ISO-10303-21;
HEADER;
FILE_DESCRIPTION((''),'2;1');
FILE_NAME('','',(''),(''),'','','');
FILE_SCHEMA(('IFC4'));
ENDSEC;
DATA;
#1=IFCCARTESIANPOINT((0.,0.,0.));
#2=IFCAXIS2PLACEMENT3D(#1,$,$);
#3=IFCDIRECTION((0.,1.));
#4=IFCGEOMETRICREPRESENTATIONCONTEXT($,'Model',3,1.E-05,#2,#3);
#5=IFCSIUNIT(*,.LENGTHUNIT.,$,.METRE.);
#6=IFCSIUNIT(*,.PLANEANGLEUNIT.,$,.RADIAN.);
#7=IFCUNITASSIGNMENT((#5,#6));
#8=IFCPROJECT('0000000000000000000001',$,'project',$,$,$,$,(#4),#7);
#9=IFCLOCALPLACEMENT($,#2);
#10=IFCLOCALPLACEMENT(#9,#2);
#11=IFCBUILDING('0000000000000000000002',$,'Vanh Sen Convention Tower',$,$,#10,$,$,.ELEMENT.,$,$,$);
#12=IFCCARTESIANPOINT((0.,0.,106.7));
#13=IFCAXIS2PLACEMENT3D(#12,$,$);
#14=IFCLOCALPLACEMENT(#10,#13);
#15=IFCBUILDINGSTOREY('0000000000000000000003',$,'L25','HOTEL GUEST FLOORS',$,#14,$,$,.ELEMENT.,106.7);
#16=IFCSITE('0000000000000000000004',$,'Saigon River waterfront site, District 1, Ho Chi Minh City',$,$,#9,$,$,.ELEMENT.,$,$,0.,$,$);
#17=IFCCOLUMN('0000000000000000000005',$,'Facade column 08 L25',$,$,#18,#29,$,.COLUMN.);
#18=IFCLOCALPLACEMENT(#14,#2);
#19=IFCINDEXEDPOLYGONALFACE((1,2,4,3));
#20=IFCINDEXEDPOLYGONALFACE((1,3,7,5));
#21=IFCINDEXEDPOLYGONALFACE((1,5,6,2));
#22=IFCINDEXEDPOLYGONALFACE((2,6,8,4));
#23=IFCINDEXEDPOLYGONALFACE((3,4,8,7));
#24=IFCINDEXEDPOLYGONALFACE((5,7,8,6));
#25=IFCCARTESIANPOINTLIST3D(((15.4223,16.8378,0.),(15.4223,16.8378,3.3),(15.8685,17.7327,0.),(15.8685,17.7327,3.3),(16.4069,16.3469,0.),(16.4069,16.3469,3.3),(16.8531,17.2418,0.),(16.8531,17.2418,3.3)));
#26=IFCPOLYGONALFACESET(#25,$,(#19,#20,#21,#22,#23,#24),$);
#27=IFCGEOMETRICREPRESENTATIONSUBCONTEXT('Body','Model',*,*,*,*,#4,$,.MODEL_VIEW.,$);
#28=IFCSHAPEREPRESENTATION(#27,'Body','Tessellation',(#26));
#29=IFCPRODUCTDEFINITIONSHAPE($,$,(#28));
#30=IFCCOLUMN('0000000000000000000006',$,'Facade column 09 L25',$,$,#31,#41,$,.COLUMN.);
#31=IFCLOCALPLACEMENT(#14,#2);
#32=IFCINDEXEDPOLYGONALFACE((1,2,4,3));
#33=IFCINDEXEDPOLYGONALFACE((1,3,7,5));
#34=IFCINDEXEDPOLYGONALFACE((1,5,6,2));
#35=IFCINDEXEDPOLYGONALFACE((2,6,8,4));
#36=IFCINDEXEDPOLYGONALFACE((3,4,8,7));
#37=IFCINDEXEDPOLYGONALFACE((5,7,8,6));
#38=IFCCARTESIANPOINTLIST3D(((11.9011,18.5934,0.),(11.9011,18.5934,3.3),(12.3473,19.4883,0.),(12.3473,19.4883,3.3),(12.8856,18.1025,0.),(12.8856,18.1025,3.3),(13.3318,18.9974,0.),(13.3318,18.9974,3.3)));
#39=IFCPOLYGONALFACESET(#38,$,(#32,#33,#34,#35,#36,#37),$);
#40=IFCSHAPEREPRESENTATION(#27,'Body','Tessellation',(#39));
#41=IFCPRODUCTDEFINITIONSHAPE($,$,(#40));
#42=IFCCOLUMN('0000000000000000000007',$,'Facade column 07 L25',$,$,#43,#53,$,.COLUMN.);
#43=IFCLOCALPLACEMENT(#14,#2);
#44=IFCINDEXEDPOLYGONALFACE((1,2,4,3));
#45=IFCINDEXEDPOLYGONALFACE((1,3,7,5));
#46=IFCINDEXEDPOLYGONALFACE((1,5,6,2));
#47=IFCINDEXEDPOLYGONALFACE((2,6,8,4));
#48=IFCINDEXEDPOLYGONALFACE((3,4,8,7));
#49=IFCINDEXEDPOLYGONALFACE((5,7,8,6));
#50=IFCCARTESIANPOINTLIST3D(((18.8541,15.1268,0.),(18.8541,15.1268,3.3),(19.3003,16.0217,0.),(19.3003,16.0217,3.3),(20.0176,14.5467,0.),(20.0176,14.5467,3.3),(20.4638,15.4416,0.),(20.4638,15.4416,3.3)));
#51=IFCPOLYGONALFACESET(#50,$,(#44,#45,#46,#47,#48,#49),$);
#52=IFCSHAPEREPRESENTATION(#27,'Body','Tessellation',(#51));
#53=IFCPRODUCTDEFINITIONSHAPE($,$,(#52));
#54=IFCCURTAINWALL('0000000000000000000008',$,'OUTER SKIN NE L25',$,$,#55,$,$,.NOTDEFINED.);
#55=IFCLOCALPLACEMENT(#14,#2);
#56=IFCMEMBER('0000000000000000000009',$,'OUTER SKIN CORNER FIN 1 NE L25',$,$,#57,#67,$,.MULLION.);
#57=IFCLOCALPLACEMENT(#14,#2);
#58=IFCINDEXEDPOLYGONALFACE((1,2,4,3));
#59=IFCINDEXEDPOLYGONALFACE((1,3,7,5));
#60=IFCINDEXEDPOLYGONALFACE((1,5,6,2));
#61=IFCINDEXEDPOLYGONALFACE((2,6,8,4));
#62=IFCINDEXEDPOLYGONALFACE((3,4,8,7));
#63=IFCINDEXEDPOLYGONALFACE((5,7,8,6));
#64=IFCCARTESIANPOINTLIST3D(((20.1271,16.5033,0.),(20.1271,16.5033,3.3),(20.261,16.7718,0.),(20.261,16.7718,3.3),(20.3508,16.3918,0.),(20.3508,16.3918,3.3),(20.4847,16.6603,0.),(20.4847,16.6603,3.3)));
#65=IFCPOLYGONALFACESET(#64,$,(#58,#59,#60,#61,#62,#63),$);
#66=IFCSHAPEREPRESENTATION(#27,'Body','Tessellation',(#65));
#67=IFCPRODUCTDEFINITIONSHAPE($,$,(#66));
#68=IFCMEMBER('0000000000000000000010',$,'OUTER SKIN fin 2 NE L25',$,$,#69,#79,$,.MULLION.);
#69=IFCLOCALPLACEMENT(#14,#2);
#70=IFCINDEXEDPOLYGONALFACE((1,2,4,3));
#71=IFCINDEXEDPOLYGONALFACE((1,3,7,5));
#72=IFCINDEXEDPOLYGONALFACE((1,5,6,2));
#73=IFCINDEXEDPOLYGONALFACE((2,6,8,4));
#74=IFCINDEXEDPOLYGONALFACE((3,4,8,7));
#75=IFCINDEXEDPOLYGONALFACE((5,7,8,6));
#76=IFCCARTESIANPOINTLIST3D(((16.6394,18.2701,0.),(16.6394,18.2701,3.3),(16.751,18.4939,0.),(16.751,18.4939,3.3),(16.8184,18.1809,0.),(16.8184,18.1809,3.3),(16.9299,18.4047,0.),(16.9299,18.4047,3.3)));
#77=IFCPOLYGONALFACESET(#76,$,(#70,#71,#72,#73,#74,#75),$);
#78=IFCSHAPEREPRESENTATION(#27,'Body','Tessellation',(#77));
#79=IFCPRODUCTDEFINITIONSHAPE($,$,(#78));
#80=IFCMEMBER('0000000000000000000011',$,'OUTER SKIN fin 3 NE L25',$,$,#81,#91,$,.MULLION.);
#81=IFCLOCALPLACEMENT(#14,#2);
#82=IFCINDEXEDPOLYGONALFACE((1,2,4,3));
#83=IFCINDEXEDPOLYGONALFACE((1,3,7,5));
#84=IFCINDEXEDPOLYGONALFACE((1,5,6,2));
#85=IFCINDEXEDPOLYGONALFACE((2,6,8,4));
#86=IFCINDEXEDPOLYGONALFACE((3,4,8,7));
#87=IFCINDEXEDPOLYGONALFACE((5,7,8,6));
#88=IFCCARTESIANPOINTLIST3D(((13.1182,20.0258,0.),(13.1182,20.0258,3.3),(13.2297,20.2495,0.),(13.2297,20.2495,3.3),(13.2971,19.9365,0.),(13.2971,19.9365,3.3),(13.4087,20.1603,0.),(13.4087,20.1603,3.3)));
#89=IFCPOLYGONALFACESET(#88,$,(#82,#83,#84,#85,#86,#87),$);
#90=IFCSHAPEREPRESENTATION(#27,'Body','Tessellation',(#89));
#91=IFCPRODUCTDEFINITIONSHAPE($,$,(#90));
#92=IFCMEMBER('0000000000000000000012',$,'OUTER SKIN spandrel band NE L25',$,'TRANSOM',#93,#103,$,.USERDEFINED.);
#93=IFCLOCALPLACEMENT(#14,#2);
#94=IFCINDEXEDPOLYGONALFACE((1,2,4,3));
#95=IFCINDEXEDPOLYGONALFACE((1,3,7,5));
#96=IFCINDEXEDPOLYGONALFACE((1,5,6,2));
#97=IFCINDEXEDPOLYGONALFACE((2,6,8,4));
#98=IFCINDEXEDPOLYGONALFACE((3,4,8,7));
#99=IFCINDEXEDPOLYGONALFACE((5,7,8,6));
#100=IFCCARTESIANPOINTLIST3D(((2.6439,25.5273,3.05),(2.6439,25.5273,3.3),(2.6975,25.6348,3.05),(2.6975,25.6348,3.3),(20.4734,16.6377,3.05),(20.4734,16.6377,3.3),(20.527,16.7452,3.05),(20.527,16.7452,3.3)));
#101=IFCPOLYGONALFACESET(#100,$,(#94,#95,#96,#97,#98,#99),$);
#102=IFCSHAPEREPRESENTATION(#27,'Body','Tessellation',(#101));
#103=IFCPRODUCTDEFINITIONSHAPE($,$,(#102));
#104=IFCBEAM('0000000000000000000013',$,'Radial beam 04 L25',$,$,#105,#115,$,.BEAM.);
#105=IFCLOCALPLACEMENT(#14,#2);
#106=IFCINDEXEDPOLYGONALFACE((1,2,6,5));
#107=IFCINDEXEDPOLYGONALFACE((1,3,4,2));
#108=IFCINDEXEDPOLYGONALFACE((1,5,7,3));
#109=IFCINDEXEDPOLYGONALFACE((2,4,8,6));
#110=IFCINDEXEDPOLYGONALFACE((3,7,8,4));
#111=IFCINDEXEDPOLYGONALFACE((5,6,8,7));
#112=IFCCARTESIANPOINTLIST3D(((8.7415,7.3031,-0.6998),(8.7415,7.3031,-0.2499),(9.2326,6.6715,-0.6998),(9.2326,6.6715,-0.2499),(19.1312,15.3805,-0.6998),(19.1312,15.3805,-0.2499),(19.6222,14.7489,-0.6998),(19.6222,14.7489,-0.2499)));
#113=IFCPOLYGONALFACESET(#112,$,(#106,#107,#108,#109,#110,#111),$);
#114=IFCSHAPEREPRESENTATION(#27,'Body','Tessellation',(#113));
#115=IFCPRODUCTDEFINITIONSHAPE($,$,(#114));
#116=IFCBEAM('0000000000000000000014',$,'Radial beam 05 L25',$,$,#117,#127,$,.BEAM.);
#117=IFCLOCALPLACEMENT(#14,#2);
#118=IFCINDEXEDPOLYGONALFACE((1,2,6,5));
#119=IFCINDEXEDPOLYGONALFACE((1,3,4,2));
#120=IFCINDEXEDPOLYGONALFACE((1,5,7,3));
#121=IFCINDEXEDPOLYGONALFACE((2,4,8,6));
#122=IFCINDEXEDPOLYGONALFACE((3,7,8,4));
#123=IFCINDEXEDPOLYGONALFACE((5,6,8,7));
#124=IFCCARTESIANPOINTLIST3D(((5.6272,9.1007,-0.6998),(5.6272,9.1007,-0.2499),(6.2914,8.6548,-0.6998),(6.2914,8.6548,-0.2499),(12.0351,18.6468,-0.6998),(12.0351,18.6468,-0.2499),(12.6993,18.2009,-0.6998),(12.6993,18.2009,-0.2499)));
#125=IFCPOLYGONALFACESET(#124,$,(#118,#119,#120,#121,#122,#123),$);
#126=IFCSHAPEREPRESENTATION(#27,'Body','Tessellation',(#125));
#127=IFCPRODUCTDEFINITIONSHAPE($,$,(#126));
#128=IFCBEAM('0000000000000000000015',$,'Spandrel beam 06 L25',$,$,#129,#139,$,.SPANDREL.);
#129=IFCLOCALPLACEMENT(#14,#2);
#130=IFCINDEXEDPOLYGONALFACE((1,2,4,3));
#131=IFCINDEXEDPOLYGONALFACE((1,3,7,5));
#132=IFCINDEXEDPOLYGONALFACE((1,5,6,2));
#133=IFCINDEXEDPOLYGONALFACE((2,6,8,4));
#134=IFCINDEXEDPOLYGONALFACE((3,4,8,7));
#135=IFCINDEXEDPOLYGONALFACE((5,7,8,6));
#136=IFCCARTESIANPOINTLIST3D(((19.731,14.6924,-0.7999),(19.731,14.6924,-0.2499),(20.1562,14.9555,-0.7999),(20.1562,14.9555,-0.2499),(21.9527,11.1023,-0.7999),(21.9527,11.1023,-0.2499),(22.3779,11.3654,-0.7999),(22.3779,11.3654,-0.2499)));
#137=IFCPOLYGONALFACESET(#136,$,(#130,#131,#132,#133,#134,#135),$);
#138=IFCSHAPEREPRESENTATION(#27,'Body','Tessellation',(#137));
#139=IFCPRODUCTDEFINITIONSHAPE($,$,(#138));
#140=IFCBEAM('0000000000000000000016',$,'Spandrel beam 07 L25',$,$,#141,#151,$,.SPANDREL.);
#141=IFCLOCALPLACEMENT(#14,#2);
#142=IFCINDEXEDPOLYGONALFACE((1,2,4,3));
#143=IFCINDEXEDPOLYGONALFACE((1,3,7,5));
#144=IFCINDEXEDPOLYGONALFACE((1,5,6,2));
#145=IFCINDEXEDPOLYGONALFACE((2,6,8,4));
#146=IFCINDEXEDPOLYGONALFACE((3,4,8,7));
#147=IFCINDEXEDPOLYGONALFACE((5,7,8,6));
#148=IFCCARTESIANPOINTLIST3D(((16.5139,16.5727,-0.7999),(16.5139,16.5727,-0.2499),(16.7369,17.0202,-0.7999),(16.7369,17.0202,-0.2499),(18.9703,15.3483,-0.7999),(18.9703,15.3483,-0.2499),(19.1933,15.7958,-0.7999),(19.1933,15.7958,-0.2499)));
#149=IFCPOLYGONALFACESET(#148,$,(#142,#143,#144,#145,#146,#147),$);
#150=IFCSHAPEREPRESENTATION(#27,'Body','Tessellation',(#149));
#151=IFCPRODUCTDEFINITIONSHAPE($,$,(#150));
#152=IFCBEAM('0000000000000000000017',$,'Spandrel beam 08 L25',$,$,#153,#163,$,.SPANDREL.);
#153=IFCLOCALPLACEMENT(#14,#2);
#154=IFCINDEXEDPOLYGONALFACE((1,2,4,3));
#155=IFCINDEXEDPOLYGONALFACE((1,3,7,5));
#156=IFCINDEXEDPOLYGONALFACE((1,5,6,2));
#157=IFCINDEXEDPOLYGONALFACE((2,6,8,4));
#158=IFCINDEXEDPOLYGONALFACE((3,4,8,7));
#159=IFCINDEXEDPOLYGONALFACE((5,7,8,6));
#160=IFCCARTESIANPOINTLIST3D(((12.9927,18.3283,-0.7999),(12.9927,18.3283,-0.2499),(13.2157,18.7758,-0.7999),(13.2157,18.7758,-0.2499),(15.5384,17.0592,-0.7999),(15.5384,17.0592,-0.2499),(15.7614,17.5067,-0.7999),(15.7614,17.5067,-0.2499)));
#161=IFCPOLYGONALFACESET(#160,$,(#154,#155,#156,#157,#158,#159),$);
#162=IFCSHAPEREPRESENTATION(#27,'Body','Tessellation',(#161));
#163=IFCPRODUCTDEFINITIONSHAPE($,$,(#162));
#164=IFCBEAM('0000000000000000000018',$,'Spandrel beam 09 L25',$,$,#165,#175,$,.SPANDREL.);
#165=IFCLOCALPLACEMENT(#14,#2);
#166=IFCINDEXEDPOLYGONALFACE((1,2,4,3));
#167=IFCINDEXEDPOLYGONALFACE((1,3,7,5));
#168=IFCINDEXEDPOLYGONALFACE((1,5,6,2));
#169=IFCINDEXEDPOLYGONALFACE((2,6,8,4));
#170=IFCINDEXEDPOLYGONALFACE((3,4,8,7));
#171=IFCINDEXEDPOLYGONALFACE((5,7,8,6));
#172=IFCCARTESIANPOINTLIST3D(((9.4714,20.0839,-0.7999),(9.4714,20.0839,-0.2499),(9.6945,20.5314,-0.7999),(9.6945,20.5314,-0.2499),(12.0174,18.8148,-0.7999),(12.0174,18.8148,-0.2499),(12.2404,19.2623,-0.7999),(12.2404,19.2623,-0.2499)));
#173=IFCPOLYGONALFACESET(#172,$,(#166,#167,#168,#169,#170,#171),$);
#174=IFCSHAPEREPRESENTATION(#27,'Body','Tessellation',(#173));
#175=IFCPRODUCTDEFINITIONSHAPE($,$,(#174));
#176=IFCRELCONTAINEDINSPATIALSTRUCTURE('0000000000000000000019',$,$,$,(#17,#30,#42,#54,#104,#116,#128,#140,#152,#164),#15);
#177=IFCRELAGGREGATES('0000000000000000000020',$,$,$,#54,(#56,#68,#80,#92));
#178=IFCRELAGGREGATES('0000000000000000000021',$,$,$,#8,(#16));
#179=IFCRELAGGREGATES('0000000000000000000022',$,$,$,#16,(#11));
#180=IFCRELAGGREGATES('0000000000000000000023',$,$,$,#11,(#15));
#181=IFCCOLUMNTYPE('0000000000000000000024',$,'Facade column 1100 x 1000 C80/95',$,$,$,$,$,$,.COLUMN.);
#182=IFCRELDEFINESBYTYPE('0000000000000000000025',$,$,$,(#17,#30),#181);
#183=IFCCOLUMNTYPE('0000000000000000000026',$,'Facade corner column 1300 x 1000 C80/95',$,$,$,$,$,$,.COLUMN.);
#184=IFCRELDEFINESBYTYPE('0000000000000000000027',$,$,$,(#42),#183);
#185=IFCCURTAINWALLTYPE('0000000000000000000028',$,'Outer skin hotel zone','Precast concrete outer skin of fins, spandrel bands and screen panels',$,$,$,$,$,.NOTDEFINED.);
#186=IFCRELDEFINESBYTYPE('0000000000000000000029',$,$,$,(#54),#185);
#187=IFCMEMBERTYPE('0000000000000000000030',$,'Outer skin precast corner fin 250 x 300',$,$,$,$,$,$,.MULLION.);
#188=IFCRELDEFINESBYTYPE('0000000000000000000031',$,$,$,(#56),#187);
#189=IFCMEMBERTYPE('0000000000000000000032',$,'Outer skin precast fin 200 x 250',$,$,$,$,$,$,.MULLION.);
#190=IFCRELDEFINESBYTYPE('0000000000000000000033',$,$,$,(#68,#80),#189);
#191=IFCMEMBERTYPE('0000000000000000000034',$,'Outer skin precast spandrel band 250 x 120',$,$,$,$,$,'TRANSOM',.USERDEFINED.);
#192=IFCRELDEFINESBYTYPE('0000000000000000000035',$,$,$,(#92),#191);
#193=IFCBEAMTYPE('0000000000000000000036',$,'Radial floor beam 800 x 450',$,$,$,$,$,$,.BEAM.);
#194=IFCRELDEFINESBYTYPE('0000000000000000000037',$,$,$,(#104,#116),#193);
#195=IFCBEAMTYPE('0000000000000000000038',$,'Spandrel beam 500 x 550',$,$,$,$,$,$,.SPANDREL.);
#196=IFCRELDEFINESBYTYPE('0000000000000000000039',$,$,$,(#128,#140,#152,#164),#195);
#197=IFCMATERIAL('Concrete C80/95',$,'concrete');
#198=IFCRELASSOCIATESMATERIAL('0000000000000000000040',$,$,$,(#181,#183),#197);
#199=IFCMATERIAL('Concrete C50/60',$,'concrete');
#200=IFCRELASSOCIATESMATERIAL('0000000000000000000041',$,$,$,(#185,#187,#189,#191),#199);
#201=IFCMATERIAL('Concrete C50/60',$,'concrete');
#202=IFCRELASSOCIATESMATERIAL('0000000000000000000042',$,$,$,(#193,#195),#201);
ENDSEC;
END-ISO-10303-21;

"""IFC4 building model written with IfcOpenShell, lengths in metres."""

from ifc_helpers import new_model, si_unit, direction, frame, origin, origin_2d, place, context, subcontext, project, spatial, rectangle, extrude, material, material_profile, profile_set, type_object, element, aggregate, save


model = new_model("IFC4")

# Units and contexts
model_context = context("Model", 3, precision=1e-05, world=origin(), true_north=direction((0.0, 1.0)))
body_context = subcontext(model_context, "Body", "Model", "MODEL_VIEW")
ifc_project = project(units=[si_unit("LENGTHUNIT", "METRE"), si_unit("PLANEANGLEUNIT", "RADIAN")], contexts=[model_context])

# Site, building, storey
site_placement = place(None, origin())
site = spatial("IfcSite", under=ifc_project, at=site_placement, Name="Saigon River waterfront site, District 1, Ho Chi Minh City", CompositionType="ELEMENT", RefElevation=0.0)
building_placement = place(site_placement, origin())
building = spatial("IfcBuilding", under=site, at=building_placement, Name="Vanh Sen Convention Tower", CompositionType="ELEMENT")
storey_placement = place(building_placement, frame((0.0, 0.0, 106.7)))
storey = spatial("IfcBuildingStorey", under=building, at=storey_placement, Name="L25", Description="HOTEL GUEST FLOORS", CompositionType="ELEMENT", Elevation=106.7)

# Columns
ifc_material_1 = material(Name="Concrete C80/95", Category="concrete")
ifc_material_profile_1 = material_profile(ifc_material_1, rectangle(XDim=1.1001, YDim=1.0, at=origin_2d()), Name="RC 1100X1000")
ifc_profile_set_1 = profile_set([ifc_material_profile_1], Name="Concrete C80/95")
column_type_1 = type_object("IfcColumnType", Name="Facade column 1100 x 1000 C80/95", PredefinedType="COLUMN", material=ifc_profile_set_1)
for number, where, z_axis, x_axis, name in (
    (1, (16.1377, 17.0398, 0.0), (0.0, 0.0, 1.0), (-0.894934, 0.446198, 0.0), "Facade column 08 L25"),
    (2, (12.6165, 18.7954, 0.0), (0.0, 0.0, 1.0), (-0.894934, 0.446198, 0.0), "Facade column 09 L25"),
):
    element("IfcColumn", number, at=place(storey_placement, frame(where, z_axis=z_axis, x_axis=x_axis)), inside=storey, type_object=column_type_1, Name=name, PredefinedType="COLUMN", context=body_context, shape_type="SweptSolid", body=[
        extrude(rectangle(XDim=1.1001, YDim=1.0, at=origin_2d()), origin(), (0.0, 0.0, 1.0), 3.3),
    ])
ifc_material_profile_2 = material_profile(ifc_material_1, rectangle(XDim=1.3, YDim=1.0, at=origin_2d()), Name="RC 1300X1000")
ifc_profile_set_2 = profile_set([ifc_material_profile_2], Name="Concrete C80/95")
column_type_2 = type_object("IfcColumnType", Name="Facade corner column 1300 x 1000 C80/95", PredefinedType="COLUMN", material=ifc_profile_set_2)
column_placement = place(storey_placement, frame((19.6589, 15.2842, 0.0), z_axis=(0.0, 0.0, 1.0), x_axis=(-0.894934, 0.446198, 0.0)))
element("IfcColumn", 3, at=column_placement, inside=storey, type_object=column_type_2, Name="Facade column 07 L25", PredefinedType="COLUMN", context=body_context, shape_type="SweptSolid", body=[
    extrude(rectangle(XDim=1.3, YDim=1.0, at=origin_2d()), origin(), (0.0, 0.0, 1.0), 3.3),
])

# Curtain wall, members
ifc_material_2 = material(Name="Concrete C50/60", Category="concrete")
curtain_wall_type = type_object("IfcCurtainWallType", Name="Outer skin hotel zone", Description="Precast concrete outer skin of fins, spandrel bands and screen panels", PredefinedType="NOTDEFINED", material=ifc_material_2)
curtain_wall_1_placement = place(storey_placement, origin())
curtain_wall_1 = element("IfcCurtainWall", 4, at=curtain_wall_1_placement, inside=storey, type_object=curtain_wall_type, Name="OUTER SKIN NE L25", PredefinedType="NOTDEFINED")
ifc_material_profile_3 = material_profile(ifc_material_2, rectangle(XDim=0.25, YDim=0.3, at=origin_2d()), Name="Outer skin precast corner fin 250 x 300")
ifc_profile_set_3 = profile_set([ifc_material_profile_3], Name="Concrete C50/60")
member_type_1 = type_object("IfcMemberType", Name="Outer skin precast corner fin 250 x 300", PredefinedType="MULLION", material=ifc_profile_set_3)
member_1_placement = place(storey_placement, frame((20.3059, 16.5818, 0.0), z_axis=(0.0, 0.0, 1.0), x_axis=(-0.894934, 0.446198, 0.0)))
member_1 = element("IfcMember", 5, at=member_1_placement, type_object=member_type_1, Name="OUTER SKIN CORNER FIN 1 NE L25", PredefinedType="MULLION", context=body_context, shape_type="SweptSolid", body=[
    extrude(rectangle(XDim=0.25, YDim=0.3, at=origin_2d()), origin(), (0.0, 0.0, 1.0), 3.3),
])
ifc_material_profile_4 = material_profile(ifc_material_2, rectangle(XDim=0.2, YDim=0.25, at=origin_2d()), Name="Outer skin precast fin 200 x 250")
ifc_profile_set_4 = profile_set([ifc_material_profile_4], Name="Concrete C50/60")
member_type_2 = type_object("IfcMemberType", Name="Outer skin precast fin 200 x 250", PredefinedType="MULLION", material=ifc_profile_set_4)
member_2_placement = place(storey_placement, frame((16.7847, 18.3374, 0.0), z_axis=(0.0, 0.0, 1.0), x_axis=(-0.894934, 0.446198, 0.0)))
member_2 = element("IfcMember", 6, at=member_2_placement, type_object=member_type_2, Name="OUTER SKIN fin 2 NE L25", PredefinedType="MULLION", context=body_context, shape_type="SweptSolid", body=[
    extrude(rectangle(XDim=0.2, YDim=0.25, at=origin_2d()), origin(), (0.0, 0.0, 1.0), 3.3),
])
member_3_placement = place(storey_placement, frame((13.2634, 20.093, 0.0), z_axis=(0.0, 0.0, 1.0), x_axis=(-0.894934, 0.446198, 0.0)))
member_3 = element("IfcMember", 7, at=member_3_placement, type_object=member_type_2, Name="OUTER SKIN fin 3 NE L25", PredefinedType="MULLION", context=body_context, shape_type="SweptSolid", body=[
    extrude(rectangle(XDim=0.2, YDim=0.25, at=origin_2d()), origin(), (0.0, 0.0, 1.0), 3.3),
])
ifc_material_profile_5 = material_profile(ifc_material_2, rectangle(XDim=0.1201, YDim=0.25, at=origin_2d()), Name="Outer skin precast spandrel band 250 x 120")
ifc_profile_set_5 = profile_set([ifc_material_profile_5], Name="Concrete C50/60")
member_type_3 = type_object("IfcMemberType", Name="Outer skin precast spandrel band 250 x 120", ElementType="TRANSOM", PredefinedType="USERDEFINED", material=ifc_profile_set_5)
member_4_placement = place(storey_placement, frame((20.5002, 16.6914, 3.175), z_axis=(-0.894931, 0.446204, 0.0), x_axis=(-0.446204, -0.894931, 0.0)))
member_4 = element("IfcMember", 8, at=member_4_placement, type_object=member_type_3, Name="OUTER SKIN spandrel band NE L25", ObjectType="TRANSOM", PredefinedType="USERDEFINED", context=body_context, shape_type="SweptSolid", body=[
    extrude(rectangle(XDim=0.1201, YDim=0.25, at=origin_2d()), origin(), (0.0, 0.0, 1.0), 19.9229),
])

# Beams
ifc_material_3 = material(Name="Concrete C50/60", Category="concrete")
ifc_material_profile_6 = material_profile(ifc_material_3, rectangle(XDim=0.8, YDim=0.45, at=origin_2d()), Name="RC 800X450")
ifc_profile_set_6 = profile_set([ifc_material_profile_6], Name="Concrete C50/60")
beam_type_1 = type_object("IfcBeamType", Name="Radial floor beam 800 x 450", PredefinedType="BEAM", material=ifc_profile_set_6)
beam_1_placement = place(storey_placement, frame((19.3767, 15.0647, -0.4749), z_axis=(-0.789479, -0.613777, 0.0), x_axis=(0.613777, -0.789479, 0.0)))
element("IfcBeam", 9, at=beam_1_placement, inside=storey, type_object=beam_type_1, Name="Radial beam 04 L25", PredefinedType="BEAM", context=body_context, shape_type="SweptSolid", body=[
    extrude(rectangle(XDim=0.8, YDim=0.45, at=origin_2d()), origin(), (0.0, 0.0, 1.0), 13.1602),
])
beam_2_placement = place(storey_placement, frame((12.3672, 18.4238, -0.4749), z_axis=(-0.557339, -0.830285, 0.0), x_axis=(0.830285, -0.557339, 0.0)))
element("IfcBeam", 10, at=beam_2_placement, inside=storey, type_object=beam_type_1, Name="Radial beam 05 L25", PredefinedType="BEAM", context=body_context, shape_type="SweptSolid", body=[
    extrude(rectangle(XDim=0.8, YDim=0.45, at=origin_2d()), origin(), (0.0, 0.0, 1.0), 11.4973),
])
ifc_material_profile_7 = material_profile(ifc_material_3, rectangle(XDim=0.5, YDim=0.55, at=origin_2d()), Name="RC 500X550")
ifc_profile_set_7 = profile_set([ifc_material_profile_7], Name="Concrete C50/60")
beam_type_2 = type_object("IfcBeamType", Name="Spandrel beam 500 x 550", PredefinedType="SPANDREL", material=ifc_profile_set_7)
beam_3_placement = place(storey_placement, frame((22.1653, 11.2339, -0.5249), z_axis=(-0.526225, 0.850345, 0.0), x_axis=(-0.850345, -0.526225, 0.0)))
element("IfcBeam", 11, at=beam_3_placement, inside=storey, type_object=beam_type_2, Name="Spandrel beam 06 L25", PredefinedType="SPANDREL", context=body_context, shape_type="SweptSolid", body=[
    extrude(rectangle(XDim=0.5, YDim=0.55, at=origin_2d()), origin(), (0.0, 0.0, 1.0), 4.2219),
])
beam_4_placement = place(storey_placement, frame((19.0818, 15.572, -0.5249), z_axis=(-0.894978, 0.44611, 0.0), x_axis=(-0.44611, -0.894978, 0.0)))
element("IfcBeam", 12, at=beam_4_placement, inside=storey, type_object=beam_type_2, Name="Spandrel beam 07 L25", PredefinedType="SPANDREL", context=body_context, shape_type="SweptSolid", body=[
    extrude(rectangle(XDim=0.5, YDim=0.55, at=origin_2d()), origin(), (0.0, 0.0, 1.0), 2.7446),
])
beam_5_placement = place(storey_placement, frame((15.6499, 17.283, -0.5249), z_axis=(-0.894959, 0.446149, 0.0), x_axis=(-0.446149, -0.894959, 0.0)))
element("IfcBeam", 13, at=beam_5_placement, inside=storey, type_object=beam_type_2, Name="Spandrel beam 08 L25", PredefinedType="SPANDREL", context=body_context, shape_type="SweptSolid", body=[
    extrude(rectangle(XDim=0.5, YDim=0.55, at=origin_2d()), origin(), (0.0, 0.0, 1.0), 2.8445),
])
beam_6_placement = place(storey_placement, frame((12.1289, 19.0386, -0.5249), z_axis=(-0.894976, 0.446115, 0.0), x_axis=(-0.446115, -0.894976, 0.0)))
element("IfcBeam", 14, at=beam_6_placement, inside=storey, type_object=beam_type_2, Name="Spandrel beam 09 L25", PredefinedType="SPANDREL", context=body_context, shape_type="SweptSolid", body=[
    extrude(rectangle(XDim=0.5, YDim=0.55, at=origin_2d()), origin(), (0.0, 0.0, 1.0), 2.8447),
])

aggregate(curtain_wall_1, [member_1, member_2, member_3, member_4])

save(model, "model.ifc")
